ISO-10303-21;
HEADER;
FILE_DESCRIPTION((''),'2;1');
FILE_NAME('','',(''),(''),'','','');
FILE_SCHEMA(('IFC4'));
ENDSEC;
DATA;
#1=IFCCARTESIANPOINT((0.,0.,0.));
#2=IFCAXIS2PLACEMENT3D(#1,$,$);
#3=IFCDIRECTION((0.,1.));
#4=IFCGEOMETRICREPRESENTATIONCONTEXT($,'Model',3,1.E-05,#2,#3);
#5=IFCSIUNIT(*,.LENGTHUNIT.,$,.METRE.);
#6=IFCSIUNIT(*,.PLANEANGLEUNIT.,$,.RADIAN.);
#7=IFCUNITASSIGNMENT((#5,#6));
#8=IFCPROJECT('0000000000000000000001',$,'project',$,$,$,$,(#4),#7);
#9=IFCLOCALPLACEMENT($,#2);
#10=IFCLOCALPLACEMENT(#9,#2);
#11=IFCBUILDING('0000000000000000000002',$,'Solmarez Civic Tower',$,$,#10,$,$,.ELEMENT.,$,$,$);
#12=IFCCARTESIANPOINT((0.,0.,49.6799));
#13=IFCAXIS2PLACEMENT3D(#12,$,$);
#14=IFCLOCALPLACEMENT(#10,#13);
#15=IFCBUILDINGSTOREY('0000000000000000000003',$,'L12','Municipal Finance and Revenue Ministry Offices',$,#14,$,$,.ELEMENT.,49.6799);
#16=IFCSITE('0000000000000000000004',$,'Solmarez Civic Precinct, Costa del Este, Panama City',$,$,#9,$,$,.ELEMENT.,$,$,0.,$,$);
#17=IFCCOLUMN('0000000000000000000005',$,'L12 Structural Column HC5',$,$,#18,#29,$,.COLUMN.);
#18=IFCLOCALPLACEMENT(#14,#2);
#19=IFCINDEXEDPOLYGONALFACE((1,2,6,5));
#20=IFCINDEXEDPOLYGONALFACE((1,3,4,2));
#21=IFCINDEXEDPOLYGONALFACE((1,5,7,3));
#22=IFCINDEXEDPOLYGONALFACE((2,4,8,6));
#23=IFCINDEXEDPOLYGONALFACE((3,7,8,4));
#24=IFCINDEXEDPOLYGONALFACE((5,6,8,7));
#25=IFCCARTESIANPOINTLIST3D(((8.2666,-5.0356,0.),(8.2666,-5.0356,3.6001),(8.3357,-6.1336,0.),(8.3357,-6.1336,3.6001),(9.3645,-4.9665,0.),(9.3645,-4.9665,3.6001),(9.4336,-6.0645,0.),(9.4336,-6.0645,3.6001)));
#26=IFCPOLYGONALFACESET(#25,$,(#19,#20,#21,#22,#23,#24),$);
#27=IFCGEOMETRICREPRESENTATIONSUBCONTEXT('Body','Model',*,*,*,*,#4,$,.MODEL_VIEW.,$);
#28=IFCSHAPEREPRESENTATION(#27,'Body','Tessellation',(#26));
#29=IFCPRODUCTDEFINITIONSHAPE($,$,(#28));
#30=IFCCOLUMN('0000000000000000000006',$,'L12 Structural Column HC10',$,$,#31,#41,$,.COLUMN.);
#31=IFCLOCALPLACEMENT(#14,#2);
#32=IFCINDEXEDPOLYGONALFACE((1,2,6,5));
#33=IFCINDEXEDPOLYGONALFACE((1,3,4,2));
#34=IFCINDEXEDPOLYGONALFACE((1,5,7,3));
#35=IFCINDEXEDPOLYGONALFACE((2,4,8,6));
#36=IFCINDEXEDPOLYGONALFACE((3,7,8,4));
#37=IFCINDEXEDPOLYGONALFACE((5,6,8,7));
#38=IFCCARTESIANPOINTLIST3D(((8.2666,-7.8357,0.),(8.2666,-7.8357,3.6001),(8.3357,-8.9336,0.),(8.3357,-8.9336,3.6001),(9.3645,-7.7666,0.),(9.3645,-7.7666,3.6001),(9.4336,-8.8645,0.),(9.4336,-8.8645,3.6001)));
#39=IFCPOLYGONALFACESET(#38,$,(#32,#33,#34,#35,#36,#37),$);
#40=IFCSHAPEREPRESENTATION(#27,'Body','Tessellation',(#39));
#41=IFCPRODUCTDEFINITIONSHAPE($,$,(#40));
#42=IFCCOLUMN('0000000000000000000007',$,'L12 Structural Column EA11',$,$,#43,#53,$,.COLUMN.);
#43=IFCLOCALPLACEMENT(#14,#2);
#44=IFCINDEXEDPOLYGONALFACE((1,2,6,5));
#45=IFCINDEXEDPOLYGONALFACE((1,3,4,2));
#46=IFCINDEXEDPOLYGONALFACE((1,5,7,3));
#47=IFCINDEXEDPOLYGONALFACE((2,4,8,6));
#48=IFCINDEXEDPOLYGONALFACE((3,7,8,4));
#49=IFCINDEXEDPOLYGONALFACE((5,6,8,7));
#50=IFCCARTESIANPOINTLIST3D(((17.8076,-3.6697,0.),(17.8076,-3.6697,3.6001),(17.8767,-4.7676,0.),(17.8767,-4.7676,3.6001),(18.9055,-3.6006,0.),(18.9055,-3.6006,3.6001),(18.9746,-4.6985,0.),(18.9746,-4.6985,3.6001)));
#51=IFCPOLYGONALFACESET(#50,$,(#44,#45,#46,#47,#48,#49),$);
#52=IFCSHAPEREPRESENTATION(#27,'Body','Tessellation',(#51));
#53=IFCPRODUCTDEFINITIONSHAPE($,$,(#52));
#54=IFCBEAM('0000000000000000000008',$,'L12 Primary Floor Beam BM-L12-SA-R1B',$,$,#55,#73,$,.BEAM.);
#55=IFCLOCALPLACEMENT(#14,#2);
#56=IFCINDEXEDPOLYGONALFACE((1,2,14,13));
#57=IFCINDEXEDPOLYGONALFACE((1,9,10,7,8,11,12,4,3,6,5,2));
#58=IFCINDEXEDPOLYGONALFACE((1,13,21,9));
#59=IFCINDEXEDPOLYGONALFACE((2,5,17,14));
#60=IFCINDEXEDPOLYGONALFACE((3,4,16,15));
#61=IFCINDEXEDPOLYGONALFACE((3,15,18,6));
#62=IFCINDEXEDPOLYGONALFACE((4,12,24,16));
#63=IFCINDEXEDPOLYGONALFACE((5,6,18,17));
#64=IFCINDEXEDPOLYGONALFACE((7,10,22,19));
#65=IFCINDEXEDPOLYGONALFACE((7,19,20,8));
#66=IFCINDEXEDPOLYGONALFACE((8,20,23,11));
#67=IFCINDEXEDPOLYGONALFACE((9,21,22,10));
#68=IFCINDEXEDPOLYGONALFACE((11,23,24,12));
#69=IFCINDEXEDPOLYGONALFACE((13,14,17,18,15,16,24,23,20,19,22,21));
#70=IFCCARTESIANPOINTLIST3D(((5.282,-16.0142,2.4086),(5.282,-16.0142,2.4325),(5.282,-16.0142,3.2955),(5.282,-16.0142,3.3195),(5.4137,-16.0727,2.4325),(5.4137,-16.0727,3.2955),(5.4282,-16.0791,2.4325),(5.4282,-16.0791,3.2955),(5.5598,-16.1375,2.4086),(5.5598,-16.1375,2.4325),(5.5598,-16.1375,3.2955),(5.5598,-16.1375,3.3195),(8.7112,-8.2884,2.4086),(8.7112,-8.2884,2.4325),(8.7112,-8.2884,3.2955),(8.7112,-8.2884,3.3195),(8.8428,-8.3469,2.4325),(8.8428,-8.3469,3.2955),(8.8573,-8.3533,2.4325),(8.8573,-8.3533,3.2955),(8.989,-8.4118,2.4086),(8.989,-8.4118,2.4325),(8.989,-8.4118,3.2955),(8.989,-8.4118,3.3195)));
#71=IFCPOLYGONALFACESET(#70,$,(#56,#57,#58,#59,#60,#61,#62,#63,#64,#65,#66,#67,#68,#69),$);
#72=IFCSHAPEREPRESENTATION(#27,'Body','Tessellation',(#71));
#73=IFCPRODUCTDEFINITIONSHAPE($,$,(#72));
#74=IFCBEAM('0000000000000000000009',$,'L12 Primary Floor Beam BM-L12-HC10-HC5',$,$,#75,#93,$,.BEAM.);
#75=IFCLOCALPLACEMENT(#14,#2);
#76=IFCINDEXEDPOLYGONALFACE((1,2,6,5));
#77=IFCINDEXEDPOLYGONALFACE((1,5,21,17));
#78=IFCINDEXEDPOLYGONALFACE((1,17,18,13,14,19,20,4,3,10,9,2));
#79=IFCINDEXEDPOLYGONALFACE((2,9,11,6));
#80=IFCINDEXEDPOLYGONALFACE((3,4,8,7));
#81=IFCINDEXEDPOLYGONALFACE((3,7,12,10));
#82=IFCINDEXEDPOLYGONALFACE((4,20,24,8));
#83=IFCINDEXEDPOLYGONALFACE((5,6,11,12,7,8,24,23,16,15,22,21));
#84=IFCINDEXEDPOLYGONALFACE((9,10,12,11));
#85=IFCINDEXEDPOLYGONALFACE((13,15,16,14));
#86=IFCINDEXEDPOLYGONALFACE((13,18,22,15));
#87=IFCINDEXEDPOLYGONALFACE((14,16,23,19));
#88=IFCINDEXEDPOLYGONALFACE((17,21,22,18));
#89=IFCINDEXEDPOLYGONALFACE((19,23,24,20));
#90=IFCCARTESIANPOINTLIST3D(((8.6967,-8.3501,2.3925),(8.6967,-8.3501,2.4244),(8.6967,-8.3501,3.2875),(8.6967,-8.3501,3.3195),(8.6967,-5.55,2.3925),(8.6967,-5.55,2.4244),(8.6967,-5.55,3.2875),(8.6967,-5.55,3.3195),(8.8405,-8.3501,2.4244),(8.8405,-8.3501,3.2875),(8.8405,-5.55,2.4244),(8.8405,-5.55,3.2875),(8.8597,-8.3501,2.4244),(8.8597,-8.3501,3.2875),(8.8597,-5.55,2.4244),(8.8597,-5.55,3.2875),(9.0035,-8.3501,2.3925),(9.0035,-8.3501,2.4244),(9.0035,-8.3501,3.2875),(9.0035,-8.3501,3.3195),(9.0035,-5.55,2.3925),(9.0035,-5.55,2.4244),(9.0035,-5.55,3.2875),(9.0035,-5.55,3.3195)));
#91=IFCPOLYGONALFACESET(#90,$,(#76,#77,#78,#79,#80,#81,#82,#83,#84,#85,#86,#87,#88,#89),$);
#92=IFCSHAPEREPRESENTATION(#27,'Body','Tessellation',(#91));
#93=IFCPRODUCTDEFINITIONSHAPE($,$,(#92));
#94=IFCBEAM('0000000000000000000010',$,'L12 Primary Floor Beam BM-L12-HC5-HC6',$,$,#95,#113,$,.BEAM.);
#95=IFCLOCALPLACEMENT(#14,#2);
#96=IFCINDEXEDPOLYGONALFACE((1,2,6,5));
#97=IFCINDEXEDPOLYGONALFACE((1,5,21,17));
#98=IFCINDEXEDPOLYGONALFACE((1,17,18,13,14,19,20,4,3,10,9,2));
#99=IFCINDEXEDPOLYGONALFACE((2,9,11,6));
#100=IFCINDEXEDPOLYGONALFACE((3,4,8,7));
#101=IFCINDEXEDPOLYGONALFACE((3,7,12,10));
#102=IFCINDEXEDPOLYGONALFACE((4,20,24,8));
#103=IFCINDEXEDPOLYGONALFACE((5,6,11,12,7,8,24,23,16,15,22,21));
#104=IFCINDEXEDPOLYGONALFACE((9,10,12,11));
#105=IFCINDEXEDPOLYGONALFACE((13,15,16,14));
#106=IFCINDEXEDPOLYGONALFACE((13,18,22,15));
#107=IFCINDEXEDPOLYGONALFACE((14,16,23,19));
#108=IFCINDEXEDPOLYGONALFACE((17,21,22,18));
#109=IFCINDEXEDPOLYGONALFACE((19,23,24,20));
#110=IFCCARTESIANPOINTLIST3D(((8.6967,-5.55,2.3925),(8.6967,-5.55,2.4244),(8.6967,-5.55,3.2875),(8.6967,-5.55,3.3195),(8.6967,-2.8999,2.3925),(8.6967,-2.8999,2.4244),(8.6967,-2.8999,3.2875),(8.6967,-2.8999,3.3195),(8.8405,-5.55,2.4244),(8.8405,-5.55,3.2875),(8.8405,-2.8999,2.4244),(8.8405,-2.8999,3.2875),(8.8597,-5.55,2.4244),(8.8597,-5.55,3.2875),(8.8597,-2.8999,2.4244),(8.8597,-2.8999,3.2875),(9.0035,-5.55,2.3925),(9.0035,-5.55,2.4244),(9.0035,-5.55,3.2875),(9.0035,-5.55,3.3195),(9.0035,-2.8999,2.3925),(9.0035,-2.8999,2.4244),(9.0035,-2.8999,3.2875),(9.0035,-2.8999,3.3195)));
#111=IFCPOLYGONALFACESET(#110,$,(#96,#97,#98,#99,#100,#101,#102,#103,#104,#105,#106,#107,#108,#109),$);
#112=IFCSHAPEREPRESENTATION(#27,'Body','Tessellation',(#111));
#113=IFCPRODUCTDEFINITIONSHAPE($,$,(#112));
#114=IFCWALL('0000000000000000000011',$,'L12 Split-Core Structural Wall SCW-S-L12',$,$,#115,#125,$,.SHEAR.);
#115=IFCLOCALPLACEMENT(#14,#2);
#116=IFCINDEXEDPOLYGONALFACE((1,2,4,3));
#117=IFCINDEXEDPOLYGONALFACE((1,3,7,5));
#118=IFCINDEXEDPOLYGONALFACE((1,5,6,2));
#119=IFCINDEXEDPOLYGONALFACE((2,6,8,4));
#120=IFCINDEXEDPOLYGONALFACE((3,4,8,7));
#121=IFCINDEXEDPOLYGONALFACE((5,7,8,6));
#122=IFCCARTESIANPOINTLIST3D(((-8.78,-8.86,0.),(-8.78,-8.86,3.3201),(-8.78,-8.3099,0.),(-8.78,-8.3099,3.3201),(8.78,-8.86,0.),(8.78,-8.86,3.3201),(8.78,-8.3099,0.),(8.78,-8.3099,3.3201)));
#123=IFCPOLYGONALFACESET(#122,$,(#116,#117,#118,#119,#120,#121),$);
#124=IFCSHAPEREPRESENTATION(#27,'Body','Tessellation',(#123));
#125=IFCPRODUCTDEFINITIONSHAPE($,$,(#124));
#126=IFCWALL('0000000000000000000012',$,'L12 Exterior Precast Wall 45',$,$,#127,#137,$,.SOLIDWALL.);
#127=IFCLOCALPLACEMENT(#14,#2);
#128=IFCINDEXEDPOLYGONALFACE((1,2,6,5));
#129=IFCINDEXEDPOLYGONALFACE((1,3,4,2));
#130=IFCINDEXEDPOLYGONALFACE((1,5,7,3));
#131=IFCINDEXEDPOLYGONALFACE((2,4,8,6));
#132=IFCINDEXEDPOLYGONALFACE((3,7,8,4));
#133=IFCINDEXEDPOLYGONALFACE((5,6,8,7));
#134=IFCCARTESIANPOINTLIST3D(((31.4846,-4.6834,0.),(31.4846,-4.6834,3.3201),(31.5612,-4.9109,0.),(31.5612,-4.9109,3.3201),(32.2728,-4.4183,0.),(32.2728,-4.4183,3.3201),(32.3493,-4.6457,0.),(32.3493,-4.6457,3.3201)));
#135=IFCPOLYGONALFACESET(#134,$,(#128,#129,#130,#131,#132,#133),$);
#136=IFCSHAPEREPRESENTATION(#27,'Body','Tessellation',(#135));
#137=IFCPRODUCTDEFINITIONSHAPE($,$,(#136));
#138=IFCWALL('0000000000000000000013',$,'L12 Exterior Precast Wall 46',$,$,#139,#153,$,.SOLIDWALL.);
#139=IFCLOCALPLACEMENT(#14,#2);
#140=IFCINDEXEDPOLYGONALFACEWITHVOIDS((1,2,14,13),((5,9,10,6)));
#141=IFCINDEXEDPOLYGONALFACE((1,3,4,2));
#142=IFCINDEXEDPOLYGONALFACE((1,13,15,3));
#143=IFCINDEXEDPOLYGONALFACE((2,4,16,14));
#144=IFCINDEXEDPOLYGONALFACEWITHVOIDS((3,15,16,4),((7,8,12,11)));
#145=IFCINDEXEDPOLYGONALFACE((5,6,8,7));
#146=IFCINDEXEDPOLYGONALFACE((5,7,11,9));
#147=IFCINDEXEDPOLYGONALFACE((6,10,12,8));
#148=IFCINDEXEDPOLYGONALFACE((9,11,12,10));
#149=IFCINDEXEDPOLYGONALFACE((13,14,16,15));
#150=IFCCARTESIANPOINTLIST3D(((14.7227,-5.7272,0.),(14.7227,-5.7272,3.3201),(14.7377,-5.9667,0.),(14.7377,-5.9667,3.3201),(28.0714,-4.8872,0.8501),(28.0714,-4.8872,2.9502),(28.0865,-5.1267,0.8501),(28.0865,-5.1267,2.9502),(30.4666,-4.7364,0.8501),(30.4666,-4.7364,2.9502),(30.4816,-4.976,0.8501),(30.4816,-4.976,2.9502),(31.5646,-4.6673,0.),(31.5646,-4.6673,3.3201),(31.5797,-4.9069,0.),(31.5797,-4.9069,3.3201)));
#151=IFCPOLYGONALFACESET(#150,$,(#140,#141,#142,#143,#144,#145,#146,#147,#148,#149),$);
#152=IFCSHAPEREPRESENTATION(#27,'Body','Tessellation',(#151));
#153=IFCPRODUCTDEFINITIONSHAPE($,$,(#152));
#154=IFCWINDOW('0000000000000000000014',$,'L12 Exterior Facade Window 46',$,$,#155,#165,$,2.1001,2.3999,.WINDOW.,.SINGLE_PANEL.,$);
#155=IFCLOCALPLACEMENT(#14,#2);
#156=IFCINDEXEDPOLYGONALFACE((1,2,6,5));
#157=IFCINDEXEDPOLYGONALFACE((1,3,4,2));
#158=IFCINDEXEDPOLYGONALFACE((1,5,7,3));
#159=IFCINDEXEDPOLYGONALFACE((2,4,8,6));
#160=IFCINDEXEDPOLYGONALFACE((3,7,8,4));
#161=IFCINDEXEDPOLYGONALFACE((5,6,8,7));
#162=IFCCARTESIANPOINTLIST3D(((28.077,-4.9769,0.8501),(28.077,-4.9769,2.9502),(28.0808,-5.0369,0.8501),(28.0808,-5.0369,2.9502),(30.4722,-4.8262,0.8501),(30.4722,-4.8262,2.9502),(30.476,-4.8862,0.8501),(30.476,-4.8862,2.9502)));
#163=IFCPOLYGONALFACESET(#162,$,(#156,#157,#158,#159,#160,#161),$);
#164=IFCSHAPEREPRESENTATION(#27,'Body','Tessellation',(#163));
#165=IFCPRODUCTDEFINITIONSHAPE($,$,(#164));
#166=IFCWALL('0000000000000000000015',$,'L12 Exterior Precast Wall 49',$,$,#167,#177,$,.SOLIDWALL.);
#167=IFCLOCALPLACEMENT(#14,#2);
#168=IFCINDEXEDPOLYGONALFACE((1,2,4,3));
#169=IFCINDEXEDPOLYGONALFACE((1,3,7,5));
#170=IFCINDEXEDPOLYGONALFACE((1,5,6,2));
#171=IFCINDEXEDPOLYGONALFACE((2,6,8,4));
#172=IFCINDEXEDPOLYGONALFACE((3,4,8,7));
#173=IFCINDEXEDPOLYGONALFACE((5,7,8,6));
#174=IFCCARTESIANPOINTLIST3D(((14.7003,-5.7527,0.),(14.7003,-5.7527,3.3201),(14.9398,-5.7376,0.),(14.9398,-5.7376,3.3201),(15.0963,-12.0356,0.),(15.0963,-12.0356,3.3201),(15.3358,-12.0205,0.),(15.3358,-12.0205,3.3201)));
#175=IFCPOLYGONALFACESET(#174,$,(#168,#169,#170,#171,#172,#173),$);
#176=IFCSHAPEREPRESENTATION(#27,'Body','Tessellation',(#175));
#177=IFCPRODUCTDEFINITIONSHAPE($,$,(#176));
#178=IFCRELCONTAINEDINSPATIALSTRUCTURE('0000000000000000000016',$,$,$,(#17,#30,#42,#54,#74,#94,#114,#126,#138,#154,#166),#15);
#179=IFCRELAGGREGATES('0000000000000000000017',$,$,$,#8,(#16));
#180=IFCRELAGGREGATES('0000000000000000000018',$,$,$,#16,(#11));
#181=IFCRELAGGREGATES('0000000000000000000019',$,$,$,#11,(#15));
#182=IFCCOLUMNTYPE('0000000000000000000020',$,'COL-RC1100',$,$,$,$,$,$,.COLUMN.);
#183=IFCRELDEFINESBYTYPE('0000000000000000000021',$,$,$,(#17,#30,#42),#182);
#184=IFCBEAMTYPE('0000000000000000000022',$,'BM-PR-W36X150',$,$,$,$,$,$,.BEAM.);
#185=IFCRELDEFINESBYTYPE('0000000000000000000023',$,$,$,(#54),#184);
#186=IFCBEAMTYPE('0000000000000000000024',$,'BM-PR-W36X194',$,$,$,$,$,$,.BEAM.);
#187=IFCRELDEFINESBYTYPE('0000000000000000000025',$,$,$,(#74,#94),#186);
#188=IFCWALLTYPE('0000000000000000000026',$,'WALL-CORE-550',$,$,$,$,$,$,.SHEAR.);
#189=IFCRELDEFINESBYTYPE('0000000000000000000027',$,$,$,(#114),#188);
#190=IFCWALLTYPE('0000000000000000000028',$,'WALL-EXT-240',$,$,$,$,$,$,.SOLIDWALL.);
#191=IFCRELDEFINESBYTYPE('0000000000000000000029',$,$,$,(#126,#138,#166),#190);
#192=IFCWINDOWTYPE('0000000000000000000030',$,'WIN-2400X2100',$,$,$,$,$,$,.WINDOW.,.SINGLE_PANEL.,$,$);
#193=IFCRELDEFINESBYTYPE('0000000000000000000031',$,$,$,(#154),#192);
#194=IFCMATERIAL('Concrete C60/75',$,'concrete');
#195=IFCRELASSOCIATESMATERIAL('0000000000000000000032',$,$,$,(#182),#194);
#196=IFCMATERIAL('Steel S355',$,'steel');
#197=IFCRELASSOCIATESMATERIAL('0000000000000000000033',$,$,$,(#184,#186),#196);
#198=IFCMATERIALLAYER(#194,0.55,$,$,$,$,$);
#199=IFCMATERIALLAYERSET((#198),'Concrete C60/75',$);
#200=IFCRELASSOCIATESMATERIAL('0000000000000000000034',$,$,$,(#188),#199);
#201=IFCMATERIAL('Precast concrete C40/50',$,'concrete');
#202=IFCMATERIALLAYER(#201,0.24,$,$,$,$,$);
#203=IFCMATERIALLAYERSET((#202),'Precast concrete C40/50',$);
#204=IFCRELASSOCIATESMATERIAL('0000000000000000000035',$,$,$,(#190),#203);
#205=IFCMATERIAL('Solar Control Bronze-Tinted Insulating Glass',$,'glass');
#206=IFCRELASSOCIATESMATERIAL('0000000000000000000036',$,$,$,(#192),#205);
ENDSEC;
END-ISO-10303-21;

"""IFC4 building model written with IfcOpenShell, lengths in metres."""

from ifc_helpers import new_model, si_unit, direction, frame, frame_2d, origin, origin_2d, place, context, subcontext, project, spatial, rectangle, i_section, extrude, material, layer, layer_set, material_profile, profile_set, type_object, element, fill, save


model = new_model("IFC4")

# Units and contexts
model_context = context("Model", 3, precision=1e-05, world=origin(), true_north=direction((0.0, 1.0)))
body_context = subcontext(model_context, "Body", "Model", "MODEL_VIEW")
ifc_project = project(units=[si_unit("LENGTHUNIT", "METRE"), si_unit("PLANEANGLEUNIT", "RADIAN")], contexts=[model_context])

# Site, building, storey
site_placement = place(None, origin())
site = spatial("IfcSite", under=ifc_project, at=site_placement, Name="Solmarez Civic Precinct, Costa del Este, Panama City", CompositionType="ELEMENT", RefElevation=0.0)
building_placement = place(site_placement, origin())
building = spatial("IfcBuilding", under=site, at=building_placement, Name="Solmarez Civic Tower", CompositionType="ELEMENT")
storey_placement = place(building_placement, frame((0.0, 0.0, 49.6799)))
storey = spatial("IfcBuildingStorey", under=building, at=storey_placement, Name="L12", Description="Municipal Finance and Revenue Ministry Offices", CompositionType="ELEMENT", Elevation=49.6799)

# Columns
ifc_material_1 = material(Name="Concrete C60/75", Category="concrete")
ifc_material_profile_1 = material_profile(ifc_material_1, rectangle(XDim=1.1001, YDim=1.1001, at=origin_2d()), Name="RC1100X1100")
ifc_profile_set_1 = profile_set([ifc_material_profile_1], Name="Concrete C60/75")
column_type = type_object("IfcColumnType", Name="COL-RC1100", PredefinedType="COLUMN", material=ifc_profile_set_1)
for number, where, z_axis, x_axis, name in (
    (1, (8.8501, -5.55, 0.0), (0.0, 0.0, 1.0), (0.998027, 0.062791, 0.0), "L12 Structural Column HC5"),
    (2, (8.8501, -8.3501, 0.0), (0.0, 0.0, 1.0), (0.998027, 0.062791, 0.0), "L12 Structural Column HC10"),
    (3, (18.3911, -4.1841, 0.0), (0.0, 0.0, 1.0), (0.998027, 0.062791, 0.0), "L12 Structural Column EA11"),
):
    element("IfcColumn", number, at=place(storey_placement, frame(where, z_axis=z_axis, x_axis=x_axis)), inside=storey, type_object=column_type, Name=name, PredefinedType="COLUMN", context=body_context, shape_type="SweptSolid", body=[
        extrude(rectangle(XDim=1.1001, YDim=1.1001, at=origin_2d()), origin(), (0.0, 0.0, 1.0), 3.6001),
    ])

# Beams
ifc_material_2 = material(Name="Steel S355", Category="steel")
ifc_material_profile_2 = material_profile(ifc_material_2, i_section(OverallWidth=0.304, OverallDepth=0.9109, WebThickness=0.0159, FlangeThickness=0.0239, at=origin_2d()), Name="W36X150")
ifc_profile_set_2 = profile_set([ifc_material_profile_2], Name="Steel S355")
beam_type_1 = type_object("IfcBeamType", Name="BM-PR-W36X150", PredefinedType="BEAM", material=ifc_profile_set_2)
beam_1_placement = place(storey_placement, frame((8.8501, -8.3501, 2.864), z_axis=(-0.405694, -0.914009, 0.0), x_axis=(0.914009, -0.405694, 0.0)))
element("IfcBeam", 4, at=beam_1_placement, inside=storey, type_object=beam_type_1, Name="L12 Primary Floor Beam BM-L12-SA-R1B", PredefinedType="BEAM", context=body_context, shape_type="SweptSolid", body=[
    extrude(i_section(OverallWidth=0.304, OverallDepth=0.9109, WebThickness=0.0159, FlangeThickness=0.0239, at=origin_2d()), origin(), (0.0, 0.0, 1.0), 8.4526),
])
ifc_material_profile_3 = material_profile(ifc_material_2, i_section(OverallWidth=0.3069, OverallDepth=0.927, WebThickness=0.0193, FlangeThickness=0.032, at=origin_2d()), Name="W36X194")
ifc_profile_set_3 = profile_set([ifc_material_profile_3], Name="Steel S355")
beam_type_2 = type_object("IfcBeamType", Name="BM-PR-W36X194", PredefinedType="BEAM", material=ifc_profile_set_3)
beam_2_placement = place(storey_placement, frame((8.8501, -8.3501, 2.856), z_axis=(0.0, 1.0, 0.0), x_axis=(-1.0, 0.0, 0.0)))
element("IfcBeam", 5, at=beam_2_placement, inside=storey, type_object=beam_type_2, Name="L12 Primary Floor Beam BM-L12-HC10-HC5", PredefinedType="BEAM", context=body_context, shape_type="SweptSolid", body=[
    extrude(i_section(OverallWidth=0.3069, OverallDepth=0.927, WebThickness=0.0193, FlangeThickness=0.032, at=origin_2d()), origin(), (0.0, 0.0, 1.0), 2.8),
])
beam_3_placement = place(storey_placement, frame((8.8501, -5.55, 2.856), z_axis=(0.0, 1.0, 0.0), x_axis=(-1.0, 0.0, 0.0)))
element("IfcBeam", 6, at=beam_3_placement, inside=storey, type_object=beam_type_2, Name="L12 Primary Floor Beam BM-L12-HC5-HC6", PredefinedType="BEAM", context=body_context, shape_type="SweptSolid", body=[
    extrude(i_section(OverallWidth=0.3069, OverallDepth=0.927, WebThickness=0.0193, FlangeThickness=0.032, at=origin_2d()), origin(), (0.0, 0.0, 1.0), 2.6501),
])

# Walls
ifc_layer_1 = layer(ifc_material_1, 0.55)
ifc_layer_set_1 = layer_set([ifc_layer_1], Name="Concrete C60/75")
wall_type_1 = type_object("IfcWallType", Name="WALL-CORE-550", PredefinedType="SHEAR", material=ifc_layer_set_1)
wall_1_placement = place(storey_placement, frame((8.78, -8.585, 0.0), z_axis=(0.0, 0.0, 1.0), x_axis=(-1.0, 0.0, 0.0)))
element("IfcWall", 7, at=wall_1_placement, inside=storey, type_object=wall_type_1, Name="L12 Split-Core Structural Wall SCW-S-L12", PredefinedType="SHEAR", context=body_context, shape_type="SweptSolid", body=[
    extrude(rectangle(XDim=17.5601, YDim=0.55, at=frame_2d((8.78, 0.0))), origin(), (0.0, 0.0, 1.0), 3.3201),
])
ifc_material_3 = material(Name="Precast concrete C40/50", Category="concrete")
ifc_layer_2 = layer(ifc_material_3, 0.24)
ifc_layer_set_2 = layer_set([ifc_layer_2], Name="Precast concrete C40/50")
wall_type_2 = type_object("IfcWallType", Name="WALL-EXT-240", PredefinedType="SOLIDWALL", material=ifc_layer_set_2)
wall_2_placement = place(storey_placement, frame((32.311, -4.532, 0.0), z_axis=(0.0, 0.0, 1.0), x_axis=(-0.947799, -0.318869, 0.0)))
element("IfcWall", 8, at=wall_2_placement, inside=storey, type_object=wall_type_2, Name="L12 Exterior Precast Wall 45", PredefinedType="SOLIDWALL", context=body_context, shape_type="SweptSolid", body=[
    extrude(rectangle(XDim=0.8315, YDim=0.24, at=frame_2d((0.4158, 0.0))), origin(), (0.0, 0.0, 1.0), 3.3201),
])

# Wall, opening, window
wall_3_placement = place(storey_placement, frame((31.572, -4.7871, 0.0), z_axis=(0.0, 0.0, 1.0), x_axis=(-0.998026, -0.062803, 0.0)))
wall_3 = element("IfcWall", 9, at=wall_3_placement, inside=storey, type_object=wall_type_2, Name="L12 Exterior Precast Wall 46", PredefinedType="SOLIDWALL", context=body_context, shape_type="SweptSolid", body=[
    extrude(rectangle(XDim=16.8752, YDim=0.24, at=frame_2d((8.4375, 0.0))), origin(), (0.0, 0.0, 1.0), 3.3201),
])
opening_placement = place(wall_3_placement, frame((1.1001, 0.0, 0.8501)))
opening = element("IfcOpeningElement", 10, at=opening_placement, cuts=wall_3, PredefinedType="OPENING", context=body_context, shape_type="SweptSolid", body=[
    extrude(rectangle(XDim=2.3999, YDim=2.1001, at=frame_2d((1.2, 1.05))), frame((0.0, 0.1299, 0.0), z_axis=(0.0, -1.0, 0.0), x_axis=(1.0, 0.0, 0.0)), (0.0, 0.0, 1.0), 0.26),
])
ifc_material_4 = material(Name="Solar Control Bronze-Tinted Insulating Glass", Category="glass")
window_type = type_object("IfcWindowType", Name="WIN-2400X2100", PartitioningType="SINGLE_PANEL", PredefinedType="WINDOW", material=ifc_material_4)
window_placement = place(opening_placement, origin())
window = element("IfcWindow", 11, at=window_placement, inside=storey, type_object=window_type, Name="L12 Exterior Facade Window 46", OverallHeight=2.1001, OverallWidth=2.3999, PartitioningType="SINGLE_PANEL", PredefinedType="WINDOW", context=body_context, shape_type="SweptSolid", body=[
    extrude(rectangle(XDim=2.3999, YDim=2.1001, at=frame_2d((1.2, 1.05))), frame((0.0, 0.03, 0.0), z_axis=(0.0, -1.0, 0.0), x_axis=(1.0, 0.0, 0.0)), (0.0, 0.0, 1.0), 0.0601),
])
fill(opening, window)

# Wall
wall_4_placement = place(storey_placement, frame((14.8201, -5.7451, 0.0), z_axis=(0.0, 0.0, 1.0), x_axis=(0.062902, -0.99802, 0.0)))
element("IfcWall", 12, at=wall_4_placement, inside=storey, type_object=wall_type_2, Name="L12 Exterior Precast Wall 49", PredefinedType="SOLIDWALL", context=body_context, shape_type="SweptSolid", body=[
    extrude(rectangle(XDim=6.2954, YDim=0.24, at=frame_2d((3.1477, 0.0))), origin(), (0.0, 0.0, 1.0), 3.3201),
])

save(model, "model.ifc")
